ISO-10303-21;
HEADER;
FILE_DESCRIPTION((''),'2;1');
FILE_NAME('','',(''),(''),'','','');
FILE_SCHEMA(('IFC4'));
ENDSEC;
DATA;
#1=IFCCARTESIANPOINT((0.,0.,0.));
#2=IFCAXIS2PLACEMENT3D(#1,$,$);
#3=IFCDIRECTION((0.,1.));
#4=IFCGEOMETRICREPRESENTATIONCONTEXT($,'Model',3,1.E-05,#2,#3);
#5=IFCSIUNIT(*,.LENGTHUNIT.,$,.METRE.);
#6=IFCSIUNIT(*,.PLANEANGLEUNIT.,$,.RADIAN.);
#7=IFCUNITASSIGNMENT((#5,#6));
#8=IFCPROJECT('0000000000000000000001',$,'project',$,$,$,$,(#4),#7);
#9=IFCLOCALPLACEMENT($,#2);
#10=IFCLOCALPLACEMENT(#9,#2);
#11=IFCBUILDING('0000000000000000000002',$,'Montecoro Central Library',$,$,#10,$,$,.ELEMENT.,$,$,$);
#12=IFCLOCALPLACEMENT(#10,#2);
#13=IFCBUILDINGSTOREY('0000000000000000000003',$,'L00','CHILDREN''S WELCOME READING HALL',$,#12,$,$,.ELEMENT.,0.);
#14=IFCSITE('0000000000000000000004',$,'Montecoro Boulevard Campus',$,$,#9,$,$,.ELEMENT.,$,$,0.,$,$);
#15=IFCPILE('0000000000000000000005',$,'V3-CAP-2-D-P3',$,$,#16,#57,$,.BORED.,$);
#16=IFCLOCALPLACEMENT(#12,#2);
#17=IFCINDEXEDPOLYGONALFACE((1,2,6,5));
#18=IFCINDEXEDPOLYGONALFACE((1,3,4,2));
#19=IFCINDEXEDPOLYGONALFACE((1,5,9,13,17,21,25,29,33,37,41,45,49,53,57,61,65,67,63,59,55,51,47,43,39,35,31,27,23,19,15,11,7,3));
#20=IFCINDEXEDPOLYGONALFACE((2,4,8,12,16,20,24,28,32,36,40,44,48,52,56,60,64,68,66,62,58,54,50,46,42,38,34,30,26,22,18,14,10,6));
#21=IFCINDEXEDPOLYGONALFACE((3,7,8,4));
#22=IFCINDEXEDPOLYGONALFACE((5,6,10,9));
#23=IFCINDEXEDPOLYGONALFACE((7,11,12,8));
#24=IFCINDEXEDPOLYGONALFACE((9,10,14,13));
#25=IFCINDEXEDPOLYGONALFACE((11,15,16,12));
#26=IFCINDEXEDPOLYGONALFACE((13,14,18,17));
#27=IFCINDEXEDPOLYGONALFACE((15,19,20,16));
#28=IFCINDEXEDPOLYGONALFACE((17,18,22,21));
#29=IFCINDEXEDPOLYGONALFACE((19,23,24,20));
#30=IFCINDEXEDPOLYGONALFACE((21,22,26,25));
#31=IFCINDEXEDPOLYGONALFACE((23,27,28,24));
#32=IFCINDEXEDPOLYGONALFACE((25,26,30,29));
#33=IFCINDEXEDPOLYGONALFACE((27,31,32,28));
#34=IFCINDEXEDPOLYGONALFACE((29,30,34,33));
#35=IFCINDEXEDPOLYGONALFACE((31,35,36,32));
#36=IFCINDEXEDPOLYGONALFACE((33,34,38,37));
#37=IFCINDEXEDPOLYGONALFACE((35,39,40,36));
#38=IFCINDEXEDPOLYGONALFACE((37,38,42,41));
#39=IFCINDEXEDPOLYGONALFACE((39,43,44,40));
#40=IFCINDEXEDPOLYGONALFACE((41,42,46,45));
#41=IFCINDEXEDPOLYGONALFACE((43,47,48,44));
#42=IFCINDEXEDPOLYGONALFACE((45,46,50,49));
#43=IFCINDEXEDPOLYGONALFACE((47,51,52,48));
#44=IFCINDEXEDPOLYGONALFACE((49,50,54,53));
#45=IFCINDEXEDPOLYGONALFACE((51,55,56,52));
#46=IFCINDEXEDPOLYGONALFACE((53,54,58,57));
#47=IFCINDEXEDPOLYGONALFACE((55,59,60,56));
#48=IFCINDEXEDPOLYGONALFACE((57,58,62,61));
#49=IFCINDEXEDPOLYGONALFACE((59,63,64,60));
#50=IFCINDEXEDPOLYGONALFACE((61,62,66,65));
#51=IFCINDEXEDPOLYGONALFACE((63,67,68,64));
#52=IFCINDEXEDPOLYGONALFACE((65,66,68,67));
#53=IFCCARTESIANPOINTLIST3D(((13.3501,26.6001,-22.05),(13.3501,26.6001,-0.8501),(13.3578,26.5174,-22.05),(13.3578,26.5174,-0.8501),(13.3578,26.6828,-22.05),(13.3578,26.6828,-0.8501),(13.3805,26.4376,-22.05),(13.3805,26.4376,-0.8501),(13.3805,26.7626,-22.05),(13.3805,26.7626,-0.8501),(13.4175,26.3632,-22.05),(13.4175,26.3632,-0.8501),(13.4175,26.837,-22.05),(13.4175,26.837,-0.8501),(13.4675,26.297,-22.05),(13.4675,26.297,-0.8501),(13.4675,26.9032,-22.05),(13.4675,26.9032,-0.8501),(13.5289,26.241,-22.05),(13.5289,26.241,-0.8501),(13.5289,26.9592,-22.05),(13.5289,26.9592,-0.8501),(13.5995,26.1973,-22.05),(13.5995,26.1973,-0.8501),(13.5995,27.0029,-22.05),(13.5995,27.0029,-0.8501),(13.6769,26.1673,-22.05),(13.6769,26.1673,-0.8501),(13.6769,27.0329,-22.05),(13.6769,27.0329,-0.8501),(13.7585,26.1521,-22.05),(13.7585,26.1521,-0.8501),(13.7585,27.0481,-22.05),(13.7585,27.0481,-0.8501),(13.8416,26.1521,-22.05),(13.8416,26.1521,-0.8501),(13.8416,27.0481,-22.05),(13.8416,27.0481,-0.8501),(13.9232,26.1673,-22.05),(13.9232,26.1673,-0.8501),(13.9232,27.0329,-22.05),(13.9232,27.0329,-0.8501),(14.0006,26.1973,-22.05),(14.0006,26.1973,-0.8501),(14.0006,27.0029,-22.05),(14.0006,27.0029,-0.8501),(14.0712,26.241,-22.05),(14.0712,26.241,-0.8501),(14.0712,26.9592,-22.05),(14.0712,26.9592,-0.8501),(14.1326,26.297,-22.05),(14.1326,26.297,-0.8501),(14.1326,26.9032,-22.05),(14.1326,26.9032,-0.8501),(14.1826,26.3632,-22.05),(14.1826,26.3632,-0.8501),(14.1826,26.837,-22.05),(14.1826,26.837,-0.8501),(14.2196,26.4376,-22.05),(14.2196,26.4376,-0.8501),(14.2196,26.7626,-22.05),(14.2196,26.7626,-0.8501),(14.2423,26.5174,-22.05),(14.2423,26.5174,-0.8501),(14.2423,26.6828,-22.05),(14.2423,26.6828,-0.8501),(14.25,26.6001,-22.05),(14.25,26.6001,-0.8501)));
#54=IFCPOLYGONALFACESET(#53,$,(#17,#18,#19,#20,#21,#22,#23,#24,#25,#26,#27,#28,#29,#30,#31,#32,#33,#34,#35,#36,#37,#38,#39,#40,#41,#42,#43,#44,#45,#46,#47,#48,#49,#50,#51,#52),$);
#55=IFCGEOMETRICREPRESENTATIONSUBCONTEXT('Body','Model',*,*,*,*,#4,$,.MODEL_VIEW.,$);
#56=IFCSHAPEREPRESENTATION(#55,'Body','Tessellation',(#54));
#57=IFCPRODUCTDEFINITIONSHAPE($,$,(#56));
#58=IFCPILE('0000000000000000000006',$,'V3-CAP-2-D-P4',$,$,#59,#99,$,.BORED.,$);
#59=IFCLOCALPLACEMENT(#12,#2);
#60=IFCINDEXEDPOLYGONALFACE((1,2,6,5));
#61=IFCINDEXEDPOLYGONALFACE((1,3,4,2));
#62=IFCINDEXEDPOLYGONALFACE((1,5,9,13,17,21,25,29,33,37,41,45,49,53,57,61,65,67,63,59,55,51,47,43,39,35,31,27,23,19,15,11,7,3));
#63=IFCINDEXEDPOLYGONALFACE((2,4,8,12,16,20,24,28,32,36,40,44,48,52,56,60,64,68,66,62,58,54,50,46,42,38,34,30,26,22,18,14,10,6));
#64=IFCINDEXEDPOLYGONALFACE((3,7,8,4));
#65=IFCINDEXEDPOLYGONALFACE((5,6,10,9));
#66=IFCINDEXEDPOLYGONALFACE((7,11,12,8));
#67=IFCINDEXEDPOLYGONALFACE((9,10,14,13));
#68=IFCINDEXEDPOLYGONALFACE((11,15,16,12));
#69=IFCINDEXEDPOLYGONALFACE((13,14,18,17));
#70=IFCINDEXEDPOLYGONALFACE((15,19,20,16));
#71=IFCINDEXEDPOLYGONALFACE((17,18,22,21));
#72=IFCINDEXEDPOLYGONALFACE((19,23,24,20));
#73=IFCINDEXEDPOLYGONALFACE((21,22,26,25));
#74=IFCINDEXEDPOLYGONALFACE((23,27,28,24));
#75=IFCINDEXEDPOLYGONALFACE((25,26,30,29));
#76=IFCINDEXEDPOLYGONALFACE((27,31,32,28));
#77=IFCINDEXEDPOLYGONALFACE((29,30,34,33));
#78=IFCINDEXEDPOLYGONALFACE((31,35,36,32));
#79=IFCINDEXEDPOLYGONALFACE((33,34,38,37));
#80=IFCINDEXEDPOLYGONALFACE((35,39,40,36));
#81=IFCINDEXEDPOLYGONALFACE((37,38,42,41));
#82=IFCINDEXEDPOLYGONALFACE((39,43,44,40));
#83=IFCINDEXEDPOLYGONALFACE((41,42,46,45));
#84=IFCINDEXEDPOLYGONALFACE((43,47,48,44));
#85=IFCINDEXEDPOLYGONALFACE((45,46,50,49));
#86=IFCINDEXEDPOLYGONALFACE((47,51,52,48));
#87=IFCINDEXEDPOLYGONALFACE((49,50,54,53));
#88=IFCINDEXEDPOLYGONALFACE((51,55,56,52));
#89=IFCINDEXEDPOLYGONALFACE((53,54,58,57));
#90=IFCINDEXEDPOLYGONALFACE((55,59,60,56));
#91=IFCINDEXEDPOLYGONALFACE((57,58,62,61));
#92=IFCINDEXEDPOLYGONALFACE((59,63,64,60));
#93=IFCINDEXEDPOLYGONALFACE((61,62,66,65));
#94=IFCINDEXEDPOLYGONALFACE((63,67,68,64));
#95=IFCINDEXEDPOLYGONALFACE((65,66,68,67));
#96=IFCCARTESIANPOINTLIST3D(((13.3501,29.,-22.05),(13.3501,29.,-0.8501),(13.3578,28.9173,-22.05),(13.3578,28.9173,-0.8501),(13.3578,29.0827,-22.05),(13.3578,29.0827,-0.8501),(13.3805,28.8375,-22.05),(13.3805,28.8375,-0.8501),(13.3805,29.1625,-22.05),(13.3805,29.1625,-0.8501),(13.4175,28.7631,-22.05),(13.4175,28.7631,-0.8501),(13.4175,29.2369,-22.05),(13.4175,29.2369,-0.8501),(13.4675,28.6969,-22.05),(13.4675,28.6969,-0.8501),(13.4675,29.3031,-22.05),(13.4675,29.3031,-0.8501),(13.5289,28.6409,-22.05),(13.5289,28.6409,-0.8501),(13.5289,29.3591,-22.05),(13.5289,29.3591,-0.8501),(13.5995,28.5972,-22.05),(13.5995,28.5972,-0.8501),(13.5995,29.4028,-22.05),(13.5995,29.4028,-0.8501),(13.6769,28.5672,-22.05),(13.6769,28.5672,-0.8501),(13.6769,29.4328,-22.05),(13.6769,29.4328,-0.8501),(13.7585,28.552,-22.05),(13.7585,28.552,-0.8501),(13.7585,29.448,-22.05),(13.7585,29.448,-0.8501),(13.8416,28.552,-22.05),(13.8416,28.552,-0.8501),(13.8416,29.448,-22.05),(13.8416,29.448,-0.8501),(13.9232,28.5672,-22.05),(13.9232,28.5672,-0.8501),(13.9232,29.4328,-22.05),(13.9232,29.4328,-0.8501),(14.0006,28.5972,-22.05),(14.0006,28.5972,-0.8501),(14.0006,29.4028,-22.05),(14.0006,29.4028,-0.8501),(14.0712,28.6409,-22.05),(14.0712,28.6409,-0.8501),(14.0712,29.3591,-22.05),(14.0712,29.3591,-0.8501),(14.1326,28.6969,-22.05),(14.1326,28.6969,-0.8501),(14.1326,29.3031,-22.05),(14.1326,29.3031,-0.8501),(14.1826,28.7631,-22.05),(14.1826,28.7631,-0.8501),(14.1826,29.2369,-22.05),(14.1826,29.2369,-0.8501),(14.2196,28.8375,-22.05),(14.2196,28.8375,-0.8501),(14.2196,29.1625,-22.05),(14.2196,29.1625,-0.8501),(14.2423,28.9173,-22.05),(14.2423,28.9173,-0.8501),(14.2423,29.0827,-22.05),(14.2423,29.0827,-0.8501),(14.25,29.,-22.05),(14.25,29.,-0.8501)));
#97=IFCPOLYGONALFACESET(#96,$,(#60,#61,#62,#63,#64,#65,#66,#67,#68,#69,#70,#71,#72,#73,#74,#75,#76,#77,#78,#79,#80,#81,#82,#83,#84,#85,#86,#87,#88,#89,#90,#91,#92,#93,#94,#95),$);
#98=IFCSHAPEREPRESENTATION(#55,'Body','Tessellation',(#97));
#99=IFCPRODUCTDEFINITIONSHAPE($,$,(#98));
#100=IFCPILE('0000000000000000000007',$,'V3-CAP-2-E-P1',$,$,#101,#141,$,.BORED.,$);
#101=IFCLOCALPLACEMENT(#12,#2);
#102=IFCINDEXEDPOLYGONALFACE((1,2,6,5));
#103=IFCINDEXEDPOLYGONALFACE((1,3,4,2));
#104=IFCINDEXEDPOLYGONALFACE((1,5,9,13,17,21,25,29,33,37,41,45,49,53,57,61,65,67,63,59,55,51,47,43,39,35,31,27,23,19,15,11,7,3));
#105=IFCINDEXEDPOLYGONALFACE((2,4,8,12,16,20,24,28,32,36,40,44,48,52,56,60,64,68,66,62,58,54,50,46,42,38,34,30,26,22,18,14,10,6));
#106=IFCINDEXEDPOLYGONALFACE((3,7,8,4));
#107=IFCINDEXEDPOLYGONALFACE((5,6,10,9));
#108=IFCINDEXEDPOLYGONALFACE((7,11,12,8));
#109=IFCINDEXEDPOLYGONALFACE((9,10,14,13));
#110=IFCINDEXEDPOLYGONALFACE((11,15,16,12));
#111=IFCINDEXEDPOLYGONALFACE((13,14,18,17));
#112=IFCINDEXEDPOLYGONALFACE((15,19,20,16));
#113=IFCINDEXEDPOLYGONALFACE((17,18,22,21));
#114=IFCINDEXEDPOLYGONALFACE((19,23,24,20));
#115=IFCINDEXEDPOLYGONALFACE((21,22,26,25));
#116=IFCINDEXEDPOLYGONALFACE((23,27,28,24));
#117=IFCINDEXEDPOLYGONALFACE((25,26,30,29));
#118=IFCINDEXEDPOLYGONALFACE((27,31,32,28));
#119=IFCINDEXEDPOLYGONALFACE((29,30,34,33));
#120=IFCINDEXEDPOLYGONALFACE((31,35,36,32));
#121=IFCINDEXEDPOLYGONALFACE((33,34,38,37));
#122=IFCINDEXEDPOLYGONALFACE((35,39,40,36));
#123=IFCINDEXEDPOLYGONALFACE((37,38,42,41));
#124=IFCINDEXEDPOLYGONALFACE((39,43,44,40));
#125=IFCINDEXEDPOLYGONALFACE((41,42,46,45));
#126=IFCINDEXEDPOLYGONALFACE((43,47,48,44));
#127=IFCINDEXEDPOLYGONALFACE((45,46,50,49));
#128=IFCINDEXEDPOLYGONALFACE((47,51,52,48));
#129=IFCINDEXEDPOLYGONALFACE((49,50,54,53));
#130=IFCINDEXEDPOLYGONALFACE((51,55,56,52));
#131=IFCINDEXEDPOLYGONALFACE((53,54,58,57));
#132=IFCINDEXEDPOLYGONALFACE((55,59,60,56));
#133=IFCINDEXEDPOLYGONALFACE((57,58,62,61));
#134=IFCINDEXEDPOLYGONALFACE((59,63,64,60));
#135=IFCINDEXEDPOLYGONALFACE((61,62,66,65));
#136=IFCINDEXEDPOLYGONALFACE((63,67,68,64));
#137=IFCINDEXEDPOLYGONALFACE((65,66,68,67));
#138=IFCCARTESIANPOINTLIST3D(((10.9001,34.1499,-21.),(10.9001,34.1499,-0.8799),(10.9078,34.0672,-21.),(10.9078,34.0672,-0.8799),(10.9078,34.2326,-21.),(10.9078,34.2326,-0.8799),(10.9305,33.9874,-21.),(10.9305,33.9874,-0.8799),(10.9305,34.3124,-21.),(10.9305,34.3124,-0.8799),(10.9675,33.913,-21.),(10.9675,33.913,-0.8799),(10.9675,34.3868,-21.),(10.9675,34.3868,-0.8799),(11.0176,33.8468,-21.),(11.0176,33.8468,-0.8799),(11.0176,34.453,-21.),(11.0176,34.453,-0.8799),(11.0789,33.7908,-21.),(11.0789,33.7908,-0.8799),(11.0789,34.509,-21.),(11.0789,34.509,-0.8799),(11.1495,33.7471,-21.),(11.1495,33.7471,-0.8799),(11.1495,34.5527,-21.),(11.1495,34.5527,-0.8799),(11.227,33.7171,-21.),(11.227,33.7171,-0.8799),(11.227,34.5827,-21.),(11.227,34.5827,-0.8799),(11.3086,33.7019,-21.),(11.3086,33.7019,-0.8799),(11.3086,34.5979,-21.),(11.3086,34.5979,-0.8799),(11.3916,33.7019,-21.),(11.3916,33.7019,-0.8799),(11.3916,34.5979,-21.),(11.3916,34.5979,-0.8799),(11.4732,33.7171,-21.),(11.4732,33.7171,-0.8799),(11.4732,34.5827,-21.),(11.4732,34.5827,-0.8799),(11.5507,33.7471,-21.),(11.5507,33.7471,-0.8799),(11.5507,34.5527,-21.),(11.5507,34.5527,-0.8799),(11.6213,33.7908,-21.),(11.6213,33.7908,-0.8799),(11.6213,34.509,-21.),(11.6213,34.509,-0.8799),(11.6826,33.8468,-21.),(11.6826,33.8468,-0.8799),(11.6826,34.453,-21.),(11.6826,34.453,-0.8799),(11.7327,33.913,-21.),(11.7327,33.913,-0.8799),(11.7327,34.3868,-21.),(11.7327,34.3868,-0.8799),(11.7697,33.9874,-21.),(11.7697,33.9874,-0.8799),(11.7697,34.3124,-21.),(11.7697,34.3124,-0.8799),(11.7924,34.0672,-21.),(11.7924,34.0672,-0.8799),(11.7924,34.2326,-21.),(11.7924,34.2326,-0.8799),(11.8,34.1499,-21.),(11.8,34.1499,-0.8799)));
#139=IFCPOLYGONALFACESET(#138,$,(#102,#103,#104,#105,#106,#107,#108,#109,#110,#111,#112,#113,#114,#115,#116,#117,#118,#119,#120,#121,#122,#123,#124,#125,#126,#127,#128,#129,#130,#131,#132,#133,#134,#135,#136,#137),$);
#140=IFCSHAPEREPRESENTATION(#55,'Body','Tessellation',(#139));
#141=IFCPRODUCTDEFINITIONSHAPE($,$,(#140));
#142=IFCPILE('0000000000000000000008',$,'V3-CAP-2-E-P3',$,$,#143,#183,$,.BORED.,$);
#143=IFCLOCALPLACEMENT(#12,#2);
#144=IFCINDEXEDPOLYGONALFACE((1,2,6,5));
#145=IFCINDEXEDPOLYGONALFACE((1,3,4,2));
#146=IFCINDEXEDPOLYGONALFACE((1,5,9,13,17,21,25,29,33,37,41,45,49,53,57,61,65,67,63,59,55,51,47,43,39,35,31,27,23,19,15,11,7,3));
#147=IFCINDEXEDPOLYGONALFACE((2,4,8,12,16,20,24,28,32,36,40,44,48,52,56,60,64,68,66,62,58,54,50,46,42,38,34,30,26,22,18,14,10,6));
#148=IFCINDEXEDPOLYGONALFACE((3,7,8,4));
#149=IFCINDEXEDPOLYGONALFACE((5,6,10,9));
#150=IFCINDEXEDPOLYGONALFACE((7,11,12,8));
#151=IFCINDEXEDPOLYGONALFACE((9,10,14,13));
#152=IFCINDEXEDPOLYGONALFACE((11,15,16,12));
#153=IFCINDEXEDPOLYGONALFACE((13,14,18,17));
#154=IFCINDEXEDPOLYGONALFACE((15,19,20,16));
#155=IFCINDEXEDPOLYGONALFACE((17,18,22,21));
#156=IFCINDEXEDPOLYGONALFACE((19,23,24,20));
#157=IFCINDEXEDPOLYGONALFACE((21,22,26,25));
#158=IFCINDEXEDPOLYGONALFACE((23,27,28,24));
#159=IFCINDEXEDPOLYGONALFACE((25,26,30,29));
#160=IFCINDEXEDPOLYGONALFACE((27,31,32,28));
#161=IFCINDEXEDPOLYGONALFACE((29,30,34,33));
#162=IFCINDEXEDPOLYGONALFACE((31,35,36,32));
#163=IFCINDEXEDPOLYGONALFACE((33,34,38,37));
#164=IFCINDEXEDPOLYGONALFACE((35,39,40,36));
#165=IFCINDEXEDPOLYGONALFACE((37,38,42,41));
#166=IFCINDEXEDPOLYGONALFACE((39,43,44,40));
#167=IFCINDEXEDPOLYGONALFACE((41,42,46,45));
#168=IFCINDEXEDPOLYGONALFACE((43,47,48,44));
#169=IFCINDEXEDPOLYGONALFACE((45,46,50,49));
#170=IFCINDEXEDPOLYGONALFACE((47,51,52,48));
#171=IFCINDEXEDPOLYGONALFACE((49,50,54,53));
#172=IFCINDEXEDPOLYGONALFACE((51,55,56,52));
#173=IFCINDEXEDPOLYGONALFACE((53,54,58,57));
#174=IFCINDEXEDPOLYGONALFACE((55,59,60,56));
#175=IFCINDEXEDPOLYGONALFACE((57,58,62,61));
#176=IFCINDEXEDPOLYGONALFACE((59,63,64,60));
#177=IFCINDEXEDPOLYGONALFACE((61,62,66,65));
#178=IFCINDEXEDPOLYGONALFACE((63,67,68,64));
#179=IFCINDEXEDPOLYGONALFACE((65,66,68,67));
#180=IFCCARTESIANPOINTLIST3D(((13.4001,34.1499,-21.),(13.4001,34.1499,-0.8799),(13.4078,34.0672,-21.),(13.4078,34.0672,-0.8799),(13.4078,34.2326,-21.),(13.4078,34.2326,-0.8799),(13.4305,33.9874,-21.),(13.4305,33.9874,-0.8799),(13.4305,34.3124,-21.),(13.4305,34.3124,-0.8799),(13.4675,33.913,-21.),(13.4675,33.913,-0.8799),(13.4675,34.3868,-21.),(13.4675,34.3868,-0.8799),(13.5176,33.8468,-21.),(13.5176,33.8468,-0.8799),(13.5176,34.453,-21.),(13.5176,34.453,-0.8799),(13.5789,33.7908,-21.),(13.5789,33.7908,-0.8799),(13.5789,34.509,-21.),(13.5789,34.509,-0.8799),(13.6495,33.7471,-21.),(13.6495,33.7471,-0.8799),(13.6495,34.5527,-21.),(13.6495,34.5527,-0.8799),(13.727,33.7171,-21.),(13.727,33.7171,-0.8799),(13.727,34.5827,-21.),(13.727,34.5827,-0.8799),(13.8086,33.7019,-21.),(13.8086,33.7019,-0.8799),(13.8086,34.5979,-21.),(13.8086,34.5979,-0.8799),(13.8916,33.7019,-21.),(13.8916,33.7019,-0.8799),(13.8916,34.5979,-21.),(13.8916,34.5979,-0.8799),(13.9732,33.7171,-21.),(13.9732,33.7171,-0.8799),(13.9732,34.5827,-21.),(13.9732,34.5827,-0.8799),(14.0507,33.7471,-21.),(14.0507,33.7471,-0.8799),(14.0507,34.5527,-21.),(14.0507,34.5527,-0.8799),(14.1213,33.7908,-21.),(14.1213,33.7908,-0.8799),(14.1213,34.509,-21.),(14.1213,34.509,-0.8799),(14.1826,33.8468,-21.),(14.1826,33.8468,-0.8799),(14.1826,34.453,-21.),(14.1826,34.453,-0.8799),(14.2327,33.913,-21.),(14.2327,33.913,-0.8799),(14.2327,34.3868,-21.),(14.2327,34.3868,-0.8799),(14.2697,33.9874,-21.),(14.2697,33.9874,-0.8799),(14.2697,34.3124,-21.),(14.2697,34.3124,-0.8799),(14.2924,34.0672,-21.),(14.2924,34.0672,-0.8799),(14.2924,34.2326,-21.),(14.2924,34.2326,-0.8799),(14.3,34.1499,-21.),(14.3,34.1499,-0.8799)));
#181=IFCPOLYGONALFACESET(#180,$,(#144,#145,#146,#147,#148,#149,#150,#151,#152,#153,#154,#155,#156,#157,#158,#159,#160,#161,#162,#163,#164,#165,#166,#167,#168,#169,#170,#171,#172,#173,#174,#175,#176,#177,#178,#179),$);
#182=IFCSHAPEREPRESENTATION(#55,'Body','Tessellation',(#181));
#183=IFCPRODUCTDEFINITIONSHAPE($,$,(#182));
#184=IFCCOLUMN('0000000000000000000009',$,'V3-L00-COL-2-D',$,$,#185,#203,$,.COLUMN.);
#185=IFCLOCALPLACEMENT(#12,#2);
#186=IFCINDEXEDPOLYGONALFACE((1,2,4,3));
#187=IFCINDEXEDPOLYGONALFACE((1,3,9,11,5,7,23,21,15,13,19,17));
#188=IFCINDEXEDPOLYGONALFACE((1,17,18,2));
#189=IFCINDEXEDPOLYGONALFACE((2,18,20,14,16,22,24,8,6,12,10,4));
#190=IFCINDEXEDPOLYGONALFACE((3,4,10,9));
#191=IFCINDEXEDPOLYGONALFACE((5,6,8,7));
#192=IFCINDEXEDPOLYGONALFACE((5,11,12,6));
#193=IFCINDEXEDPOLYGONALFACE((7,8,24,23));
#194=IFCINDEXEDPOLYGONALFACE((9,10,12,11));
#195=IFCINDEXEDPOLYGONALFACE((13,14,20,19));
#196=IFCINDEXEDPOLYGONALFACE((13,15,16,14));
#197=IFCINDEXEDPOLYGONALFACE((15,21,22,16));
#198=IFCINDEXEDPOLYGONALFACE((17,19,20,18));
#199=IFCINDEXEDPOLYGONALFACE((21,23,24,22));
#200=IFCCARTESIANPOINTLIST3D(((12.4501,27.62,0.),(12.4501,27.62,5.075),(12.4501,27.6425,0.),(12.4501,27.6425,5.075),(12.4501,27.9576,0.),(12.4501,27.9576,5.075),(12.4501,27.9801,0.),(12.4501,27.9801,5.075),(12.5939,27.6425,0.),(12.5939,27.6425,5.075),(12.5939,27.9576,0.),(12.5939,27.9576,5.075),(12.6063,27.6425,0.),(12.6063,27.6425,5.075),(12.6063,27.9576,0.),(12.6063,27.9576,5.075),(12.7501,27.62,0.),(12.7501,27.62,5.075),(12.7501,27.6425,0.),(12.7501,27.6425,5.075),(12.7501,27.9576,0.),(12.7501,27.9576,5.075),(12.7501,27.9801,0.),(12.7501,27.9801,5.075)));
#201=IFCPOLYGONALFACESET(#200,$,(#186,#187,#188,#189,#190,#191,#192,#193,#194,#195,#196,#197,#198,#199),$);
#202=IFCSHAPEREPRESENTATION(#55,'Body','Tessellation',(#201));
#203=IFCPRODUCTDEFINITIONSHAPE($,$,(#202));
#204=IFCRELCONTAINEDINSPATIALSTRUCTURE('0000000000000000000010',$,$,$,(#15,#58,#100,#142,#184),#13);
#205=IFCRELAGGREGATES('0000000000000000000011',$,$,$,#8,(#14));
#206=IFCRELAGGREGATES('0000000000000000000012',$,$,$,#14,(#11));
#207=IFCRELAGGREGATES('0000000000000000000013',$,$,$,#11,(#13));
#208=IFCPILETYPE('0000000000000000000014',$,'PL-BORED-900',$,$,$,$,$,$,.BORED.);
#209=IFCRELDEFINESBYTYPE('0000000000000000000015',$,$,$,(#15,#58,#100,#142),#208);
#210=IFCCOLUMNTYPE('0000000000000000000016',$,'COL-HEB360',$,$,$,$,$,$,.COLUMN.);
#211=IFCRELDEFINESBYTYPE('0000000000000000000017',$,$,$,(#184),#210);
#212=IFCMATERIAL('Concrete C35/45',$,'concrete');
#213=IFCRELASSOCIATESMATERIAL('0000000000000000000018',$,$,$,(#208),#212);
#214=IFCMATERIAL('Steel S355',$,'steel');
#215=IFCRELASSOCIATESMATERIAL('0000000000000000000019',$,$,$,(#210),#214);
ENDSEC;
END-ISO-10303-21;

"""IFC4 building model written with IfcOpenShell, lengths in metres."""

from ifc_helpers import new_model, si_unit, direction, frame, origin, origin_2d, place, context, subcontext, project, spatial, circle, i_section, extrude, material, material_profile, profile_set, type_object, element, save


model = new_model("IFC4")

# Units and contexts
model_context = context("Model", 3, precision=1e-05, world=origin(), true_north=direction((0.0, 1.0)))
body_context = subcontext(model_context, "Body", "Model", "MODEL_VIEW")
ifc_project = project(units=[si_unit("LENGTHUNIT", "METRE"), si_unit("PLANEANGLEUNIT", "RADIAN")], contexts=[model_context])

# Site, building, storey
site_placement = place(None, origin())
site = spatial("IfcSite", under=ifc_project, at=site_placement, Name="Montecoro Boulevard Campus", CompositionType="ELEMENT", RefElevation=0.0)
building_placement = place(site_placement, origin())
building = spatial("IfcBuilding", under=site, at=building_placement, Name="Montecoro Central Library", CompositionType="ELEMENT")
storey_placement = place(building_placement, origin())
storey = spatial("IfcBuildingStorey", under=building, at=storey_placement, Name="L00", Description="CHILDREN'S WELCOME READING HALL", CompositionType="ELEMENT", Elevation=0.0)

# Shared definitions
ifc_material_1 = material(Name="Concrete C35/45", Category="concrete")

# Piles
ifc_material_profile_1 = material_profile(ifc_material_1, circle(Radius=0.45, at=origin_2d()), Name="PILE D900")
ifc_profile_set_1 = profile_set([ifc_material_profile_1], Name="Concrete C35/45")
pile_type = type_object("IfcPileType", Name="PL-BORED-900", PredefinedType="BORED", material=ifc_profile_set_1)
for number, where, z_axis, x_axis, name in (
    (1, (13.8, 26.6001, -0.8501), (0.0, 0.0, -1.0), (1.0, 0.0, 0.0), "V3-CAP-2-D-P3"),
    (2, (13.8, 29.0, -0.8501), (0.0, 0.0, -1.0), (1.0, 0.0, 0.0), "V3-CAP-2-D-P4"),
):
    element("IfcPile", number, at=place(storey_placement, frame(where, z_axis=z_axis, x_axis=x_axis)), inside=storey, type_object=pile_type, Name=name, PredefinedType="BORED", context=body_context, shape_type="SweptSolid", body=[
        extrude(circle(Radius=0.45, at=origin_2d()), origin(), (0.0, 0.0, 1.0), 21.2),
    ])
for number, where, z_axis, x_axis, name in (
    (3, (11.3501, 34.1499, -0.8799), (0.0, 0.0, -1.0), (1.0, 0.0, 0.0), "V3-CAP-2-E-P1"),
    (4, (13.8501, 34.1499, -0.8799), (0.0, 0.0, -1.0), (1.0, 0.0, 0.0), "V3-CAP-2-E-P3"),
):
    element("IfcPile", number, at=place(storey_placement, frame(where, z_axis=z_axis, x_axis=x_axis)), inside=storey, type_object=pile_type, Name=name, PredefinedType="BORED", context=body_context, shape_type="SweptSolid", body=[
        extrude(circle(Radius=0.45, at=origin_2d()), origin(), (0.0, 0.0, 1.0), 20.1201),
    ])

# Column
ifc_material_2 = material(Name="Steel S355", Category="steel")
ifc_material_profile_2 = material_profile(ifc_material_2, i_section(OverallWidth=0.3, OverallDepth=0.3601, WebThickness=0.0125, FlangeThickness=0.0225, at=origin_2d()), Name="HEB 360")
ifc_profile_set_2 = profile_set([ifc_material_profile_2], Name="Steel S355")
column_type_1 = type_object("IfcColumnType", Name="COL-HEB360", PredefinedType="COLUMN", material=ifc_profile_set_2)
for number, where, z_axis, x_axis, name in (
    (5, (12.6001, 27.8, 0.0), (0.0, 0.0, 1.0), (1.0, 0.0, 0.0), "V3-L00-COL-2-D"),
):
    element("IfcColumn", number, at=place(storey_placement, frame(where, z_axis=z_axis, x_axis=x_axis)), inside=storey, type_object=column_type_1, Name=name, PredefinedType="COLUMN", context=body_context, shape_type="SweptSolid", body=[
        extrude(i_section(OverallWidth=0.3, OverallDepth=0.3601, WebThickness=0.0125, FlangeThickness=0.0225, at=origin_2d()), origin(), (0.0, 0.0, 1.0), 5.075),
    ])

save(model, "model.ifc")
